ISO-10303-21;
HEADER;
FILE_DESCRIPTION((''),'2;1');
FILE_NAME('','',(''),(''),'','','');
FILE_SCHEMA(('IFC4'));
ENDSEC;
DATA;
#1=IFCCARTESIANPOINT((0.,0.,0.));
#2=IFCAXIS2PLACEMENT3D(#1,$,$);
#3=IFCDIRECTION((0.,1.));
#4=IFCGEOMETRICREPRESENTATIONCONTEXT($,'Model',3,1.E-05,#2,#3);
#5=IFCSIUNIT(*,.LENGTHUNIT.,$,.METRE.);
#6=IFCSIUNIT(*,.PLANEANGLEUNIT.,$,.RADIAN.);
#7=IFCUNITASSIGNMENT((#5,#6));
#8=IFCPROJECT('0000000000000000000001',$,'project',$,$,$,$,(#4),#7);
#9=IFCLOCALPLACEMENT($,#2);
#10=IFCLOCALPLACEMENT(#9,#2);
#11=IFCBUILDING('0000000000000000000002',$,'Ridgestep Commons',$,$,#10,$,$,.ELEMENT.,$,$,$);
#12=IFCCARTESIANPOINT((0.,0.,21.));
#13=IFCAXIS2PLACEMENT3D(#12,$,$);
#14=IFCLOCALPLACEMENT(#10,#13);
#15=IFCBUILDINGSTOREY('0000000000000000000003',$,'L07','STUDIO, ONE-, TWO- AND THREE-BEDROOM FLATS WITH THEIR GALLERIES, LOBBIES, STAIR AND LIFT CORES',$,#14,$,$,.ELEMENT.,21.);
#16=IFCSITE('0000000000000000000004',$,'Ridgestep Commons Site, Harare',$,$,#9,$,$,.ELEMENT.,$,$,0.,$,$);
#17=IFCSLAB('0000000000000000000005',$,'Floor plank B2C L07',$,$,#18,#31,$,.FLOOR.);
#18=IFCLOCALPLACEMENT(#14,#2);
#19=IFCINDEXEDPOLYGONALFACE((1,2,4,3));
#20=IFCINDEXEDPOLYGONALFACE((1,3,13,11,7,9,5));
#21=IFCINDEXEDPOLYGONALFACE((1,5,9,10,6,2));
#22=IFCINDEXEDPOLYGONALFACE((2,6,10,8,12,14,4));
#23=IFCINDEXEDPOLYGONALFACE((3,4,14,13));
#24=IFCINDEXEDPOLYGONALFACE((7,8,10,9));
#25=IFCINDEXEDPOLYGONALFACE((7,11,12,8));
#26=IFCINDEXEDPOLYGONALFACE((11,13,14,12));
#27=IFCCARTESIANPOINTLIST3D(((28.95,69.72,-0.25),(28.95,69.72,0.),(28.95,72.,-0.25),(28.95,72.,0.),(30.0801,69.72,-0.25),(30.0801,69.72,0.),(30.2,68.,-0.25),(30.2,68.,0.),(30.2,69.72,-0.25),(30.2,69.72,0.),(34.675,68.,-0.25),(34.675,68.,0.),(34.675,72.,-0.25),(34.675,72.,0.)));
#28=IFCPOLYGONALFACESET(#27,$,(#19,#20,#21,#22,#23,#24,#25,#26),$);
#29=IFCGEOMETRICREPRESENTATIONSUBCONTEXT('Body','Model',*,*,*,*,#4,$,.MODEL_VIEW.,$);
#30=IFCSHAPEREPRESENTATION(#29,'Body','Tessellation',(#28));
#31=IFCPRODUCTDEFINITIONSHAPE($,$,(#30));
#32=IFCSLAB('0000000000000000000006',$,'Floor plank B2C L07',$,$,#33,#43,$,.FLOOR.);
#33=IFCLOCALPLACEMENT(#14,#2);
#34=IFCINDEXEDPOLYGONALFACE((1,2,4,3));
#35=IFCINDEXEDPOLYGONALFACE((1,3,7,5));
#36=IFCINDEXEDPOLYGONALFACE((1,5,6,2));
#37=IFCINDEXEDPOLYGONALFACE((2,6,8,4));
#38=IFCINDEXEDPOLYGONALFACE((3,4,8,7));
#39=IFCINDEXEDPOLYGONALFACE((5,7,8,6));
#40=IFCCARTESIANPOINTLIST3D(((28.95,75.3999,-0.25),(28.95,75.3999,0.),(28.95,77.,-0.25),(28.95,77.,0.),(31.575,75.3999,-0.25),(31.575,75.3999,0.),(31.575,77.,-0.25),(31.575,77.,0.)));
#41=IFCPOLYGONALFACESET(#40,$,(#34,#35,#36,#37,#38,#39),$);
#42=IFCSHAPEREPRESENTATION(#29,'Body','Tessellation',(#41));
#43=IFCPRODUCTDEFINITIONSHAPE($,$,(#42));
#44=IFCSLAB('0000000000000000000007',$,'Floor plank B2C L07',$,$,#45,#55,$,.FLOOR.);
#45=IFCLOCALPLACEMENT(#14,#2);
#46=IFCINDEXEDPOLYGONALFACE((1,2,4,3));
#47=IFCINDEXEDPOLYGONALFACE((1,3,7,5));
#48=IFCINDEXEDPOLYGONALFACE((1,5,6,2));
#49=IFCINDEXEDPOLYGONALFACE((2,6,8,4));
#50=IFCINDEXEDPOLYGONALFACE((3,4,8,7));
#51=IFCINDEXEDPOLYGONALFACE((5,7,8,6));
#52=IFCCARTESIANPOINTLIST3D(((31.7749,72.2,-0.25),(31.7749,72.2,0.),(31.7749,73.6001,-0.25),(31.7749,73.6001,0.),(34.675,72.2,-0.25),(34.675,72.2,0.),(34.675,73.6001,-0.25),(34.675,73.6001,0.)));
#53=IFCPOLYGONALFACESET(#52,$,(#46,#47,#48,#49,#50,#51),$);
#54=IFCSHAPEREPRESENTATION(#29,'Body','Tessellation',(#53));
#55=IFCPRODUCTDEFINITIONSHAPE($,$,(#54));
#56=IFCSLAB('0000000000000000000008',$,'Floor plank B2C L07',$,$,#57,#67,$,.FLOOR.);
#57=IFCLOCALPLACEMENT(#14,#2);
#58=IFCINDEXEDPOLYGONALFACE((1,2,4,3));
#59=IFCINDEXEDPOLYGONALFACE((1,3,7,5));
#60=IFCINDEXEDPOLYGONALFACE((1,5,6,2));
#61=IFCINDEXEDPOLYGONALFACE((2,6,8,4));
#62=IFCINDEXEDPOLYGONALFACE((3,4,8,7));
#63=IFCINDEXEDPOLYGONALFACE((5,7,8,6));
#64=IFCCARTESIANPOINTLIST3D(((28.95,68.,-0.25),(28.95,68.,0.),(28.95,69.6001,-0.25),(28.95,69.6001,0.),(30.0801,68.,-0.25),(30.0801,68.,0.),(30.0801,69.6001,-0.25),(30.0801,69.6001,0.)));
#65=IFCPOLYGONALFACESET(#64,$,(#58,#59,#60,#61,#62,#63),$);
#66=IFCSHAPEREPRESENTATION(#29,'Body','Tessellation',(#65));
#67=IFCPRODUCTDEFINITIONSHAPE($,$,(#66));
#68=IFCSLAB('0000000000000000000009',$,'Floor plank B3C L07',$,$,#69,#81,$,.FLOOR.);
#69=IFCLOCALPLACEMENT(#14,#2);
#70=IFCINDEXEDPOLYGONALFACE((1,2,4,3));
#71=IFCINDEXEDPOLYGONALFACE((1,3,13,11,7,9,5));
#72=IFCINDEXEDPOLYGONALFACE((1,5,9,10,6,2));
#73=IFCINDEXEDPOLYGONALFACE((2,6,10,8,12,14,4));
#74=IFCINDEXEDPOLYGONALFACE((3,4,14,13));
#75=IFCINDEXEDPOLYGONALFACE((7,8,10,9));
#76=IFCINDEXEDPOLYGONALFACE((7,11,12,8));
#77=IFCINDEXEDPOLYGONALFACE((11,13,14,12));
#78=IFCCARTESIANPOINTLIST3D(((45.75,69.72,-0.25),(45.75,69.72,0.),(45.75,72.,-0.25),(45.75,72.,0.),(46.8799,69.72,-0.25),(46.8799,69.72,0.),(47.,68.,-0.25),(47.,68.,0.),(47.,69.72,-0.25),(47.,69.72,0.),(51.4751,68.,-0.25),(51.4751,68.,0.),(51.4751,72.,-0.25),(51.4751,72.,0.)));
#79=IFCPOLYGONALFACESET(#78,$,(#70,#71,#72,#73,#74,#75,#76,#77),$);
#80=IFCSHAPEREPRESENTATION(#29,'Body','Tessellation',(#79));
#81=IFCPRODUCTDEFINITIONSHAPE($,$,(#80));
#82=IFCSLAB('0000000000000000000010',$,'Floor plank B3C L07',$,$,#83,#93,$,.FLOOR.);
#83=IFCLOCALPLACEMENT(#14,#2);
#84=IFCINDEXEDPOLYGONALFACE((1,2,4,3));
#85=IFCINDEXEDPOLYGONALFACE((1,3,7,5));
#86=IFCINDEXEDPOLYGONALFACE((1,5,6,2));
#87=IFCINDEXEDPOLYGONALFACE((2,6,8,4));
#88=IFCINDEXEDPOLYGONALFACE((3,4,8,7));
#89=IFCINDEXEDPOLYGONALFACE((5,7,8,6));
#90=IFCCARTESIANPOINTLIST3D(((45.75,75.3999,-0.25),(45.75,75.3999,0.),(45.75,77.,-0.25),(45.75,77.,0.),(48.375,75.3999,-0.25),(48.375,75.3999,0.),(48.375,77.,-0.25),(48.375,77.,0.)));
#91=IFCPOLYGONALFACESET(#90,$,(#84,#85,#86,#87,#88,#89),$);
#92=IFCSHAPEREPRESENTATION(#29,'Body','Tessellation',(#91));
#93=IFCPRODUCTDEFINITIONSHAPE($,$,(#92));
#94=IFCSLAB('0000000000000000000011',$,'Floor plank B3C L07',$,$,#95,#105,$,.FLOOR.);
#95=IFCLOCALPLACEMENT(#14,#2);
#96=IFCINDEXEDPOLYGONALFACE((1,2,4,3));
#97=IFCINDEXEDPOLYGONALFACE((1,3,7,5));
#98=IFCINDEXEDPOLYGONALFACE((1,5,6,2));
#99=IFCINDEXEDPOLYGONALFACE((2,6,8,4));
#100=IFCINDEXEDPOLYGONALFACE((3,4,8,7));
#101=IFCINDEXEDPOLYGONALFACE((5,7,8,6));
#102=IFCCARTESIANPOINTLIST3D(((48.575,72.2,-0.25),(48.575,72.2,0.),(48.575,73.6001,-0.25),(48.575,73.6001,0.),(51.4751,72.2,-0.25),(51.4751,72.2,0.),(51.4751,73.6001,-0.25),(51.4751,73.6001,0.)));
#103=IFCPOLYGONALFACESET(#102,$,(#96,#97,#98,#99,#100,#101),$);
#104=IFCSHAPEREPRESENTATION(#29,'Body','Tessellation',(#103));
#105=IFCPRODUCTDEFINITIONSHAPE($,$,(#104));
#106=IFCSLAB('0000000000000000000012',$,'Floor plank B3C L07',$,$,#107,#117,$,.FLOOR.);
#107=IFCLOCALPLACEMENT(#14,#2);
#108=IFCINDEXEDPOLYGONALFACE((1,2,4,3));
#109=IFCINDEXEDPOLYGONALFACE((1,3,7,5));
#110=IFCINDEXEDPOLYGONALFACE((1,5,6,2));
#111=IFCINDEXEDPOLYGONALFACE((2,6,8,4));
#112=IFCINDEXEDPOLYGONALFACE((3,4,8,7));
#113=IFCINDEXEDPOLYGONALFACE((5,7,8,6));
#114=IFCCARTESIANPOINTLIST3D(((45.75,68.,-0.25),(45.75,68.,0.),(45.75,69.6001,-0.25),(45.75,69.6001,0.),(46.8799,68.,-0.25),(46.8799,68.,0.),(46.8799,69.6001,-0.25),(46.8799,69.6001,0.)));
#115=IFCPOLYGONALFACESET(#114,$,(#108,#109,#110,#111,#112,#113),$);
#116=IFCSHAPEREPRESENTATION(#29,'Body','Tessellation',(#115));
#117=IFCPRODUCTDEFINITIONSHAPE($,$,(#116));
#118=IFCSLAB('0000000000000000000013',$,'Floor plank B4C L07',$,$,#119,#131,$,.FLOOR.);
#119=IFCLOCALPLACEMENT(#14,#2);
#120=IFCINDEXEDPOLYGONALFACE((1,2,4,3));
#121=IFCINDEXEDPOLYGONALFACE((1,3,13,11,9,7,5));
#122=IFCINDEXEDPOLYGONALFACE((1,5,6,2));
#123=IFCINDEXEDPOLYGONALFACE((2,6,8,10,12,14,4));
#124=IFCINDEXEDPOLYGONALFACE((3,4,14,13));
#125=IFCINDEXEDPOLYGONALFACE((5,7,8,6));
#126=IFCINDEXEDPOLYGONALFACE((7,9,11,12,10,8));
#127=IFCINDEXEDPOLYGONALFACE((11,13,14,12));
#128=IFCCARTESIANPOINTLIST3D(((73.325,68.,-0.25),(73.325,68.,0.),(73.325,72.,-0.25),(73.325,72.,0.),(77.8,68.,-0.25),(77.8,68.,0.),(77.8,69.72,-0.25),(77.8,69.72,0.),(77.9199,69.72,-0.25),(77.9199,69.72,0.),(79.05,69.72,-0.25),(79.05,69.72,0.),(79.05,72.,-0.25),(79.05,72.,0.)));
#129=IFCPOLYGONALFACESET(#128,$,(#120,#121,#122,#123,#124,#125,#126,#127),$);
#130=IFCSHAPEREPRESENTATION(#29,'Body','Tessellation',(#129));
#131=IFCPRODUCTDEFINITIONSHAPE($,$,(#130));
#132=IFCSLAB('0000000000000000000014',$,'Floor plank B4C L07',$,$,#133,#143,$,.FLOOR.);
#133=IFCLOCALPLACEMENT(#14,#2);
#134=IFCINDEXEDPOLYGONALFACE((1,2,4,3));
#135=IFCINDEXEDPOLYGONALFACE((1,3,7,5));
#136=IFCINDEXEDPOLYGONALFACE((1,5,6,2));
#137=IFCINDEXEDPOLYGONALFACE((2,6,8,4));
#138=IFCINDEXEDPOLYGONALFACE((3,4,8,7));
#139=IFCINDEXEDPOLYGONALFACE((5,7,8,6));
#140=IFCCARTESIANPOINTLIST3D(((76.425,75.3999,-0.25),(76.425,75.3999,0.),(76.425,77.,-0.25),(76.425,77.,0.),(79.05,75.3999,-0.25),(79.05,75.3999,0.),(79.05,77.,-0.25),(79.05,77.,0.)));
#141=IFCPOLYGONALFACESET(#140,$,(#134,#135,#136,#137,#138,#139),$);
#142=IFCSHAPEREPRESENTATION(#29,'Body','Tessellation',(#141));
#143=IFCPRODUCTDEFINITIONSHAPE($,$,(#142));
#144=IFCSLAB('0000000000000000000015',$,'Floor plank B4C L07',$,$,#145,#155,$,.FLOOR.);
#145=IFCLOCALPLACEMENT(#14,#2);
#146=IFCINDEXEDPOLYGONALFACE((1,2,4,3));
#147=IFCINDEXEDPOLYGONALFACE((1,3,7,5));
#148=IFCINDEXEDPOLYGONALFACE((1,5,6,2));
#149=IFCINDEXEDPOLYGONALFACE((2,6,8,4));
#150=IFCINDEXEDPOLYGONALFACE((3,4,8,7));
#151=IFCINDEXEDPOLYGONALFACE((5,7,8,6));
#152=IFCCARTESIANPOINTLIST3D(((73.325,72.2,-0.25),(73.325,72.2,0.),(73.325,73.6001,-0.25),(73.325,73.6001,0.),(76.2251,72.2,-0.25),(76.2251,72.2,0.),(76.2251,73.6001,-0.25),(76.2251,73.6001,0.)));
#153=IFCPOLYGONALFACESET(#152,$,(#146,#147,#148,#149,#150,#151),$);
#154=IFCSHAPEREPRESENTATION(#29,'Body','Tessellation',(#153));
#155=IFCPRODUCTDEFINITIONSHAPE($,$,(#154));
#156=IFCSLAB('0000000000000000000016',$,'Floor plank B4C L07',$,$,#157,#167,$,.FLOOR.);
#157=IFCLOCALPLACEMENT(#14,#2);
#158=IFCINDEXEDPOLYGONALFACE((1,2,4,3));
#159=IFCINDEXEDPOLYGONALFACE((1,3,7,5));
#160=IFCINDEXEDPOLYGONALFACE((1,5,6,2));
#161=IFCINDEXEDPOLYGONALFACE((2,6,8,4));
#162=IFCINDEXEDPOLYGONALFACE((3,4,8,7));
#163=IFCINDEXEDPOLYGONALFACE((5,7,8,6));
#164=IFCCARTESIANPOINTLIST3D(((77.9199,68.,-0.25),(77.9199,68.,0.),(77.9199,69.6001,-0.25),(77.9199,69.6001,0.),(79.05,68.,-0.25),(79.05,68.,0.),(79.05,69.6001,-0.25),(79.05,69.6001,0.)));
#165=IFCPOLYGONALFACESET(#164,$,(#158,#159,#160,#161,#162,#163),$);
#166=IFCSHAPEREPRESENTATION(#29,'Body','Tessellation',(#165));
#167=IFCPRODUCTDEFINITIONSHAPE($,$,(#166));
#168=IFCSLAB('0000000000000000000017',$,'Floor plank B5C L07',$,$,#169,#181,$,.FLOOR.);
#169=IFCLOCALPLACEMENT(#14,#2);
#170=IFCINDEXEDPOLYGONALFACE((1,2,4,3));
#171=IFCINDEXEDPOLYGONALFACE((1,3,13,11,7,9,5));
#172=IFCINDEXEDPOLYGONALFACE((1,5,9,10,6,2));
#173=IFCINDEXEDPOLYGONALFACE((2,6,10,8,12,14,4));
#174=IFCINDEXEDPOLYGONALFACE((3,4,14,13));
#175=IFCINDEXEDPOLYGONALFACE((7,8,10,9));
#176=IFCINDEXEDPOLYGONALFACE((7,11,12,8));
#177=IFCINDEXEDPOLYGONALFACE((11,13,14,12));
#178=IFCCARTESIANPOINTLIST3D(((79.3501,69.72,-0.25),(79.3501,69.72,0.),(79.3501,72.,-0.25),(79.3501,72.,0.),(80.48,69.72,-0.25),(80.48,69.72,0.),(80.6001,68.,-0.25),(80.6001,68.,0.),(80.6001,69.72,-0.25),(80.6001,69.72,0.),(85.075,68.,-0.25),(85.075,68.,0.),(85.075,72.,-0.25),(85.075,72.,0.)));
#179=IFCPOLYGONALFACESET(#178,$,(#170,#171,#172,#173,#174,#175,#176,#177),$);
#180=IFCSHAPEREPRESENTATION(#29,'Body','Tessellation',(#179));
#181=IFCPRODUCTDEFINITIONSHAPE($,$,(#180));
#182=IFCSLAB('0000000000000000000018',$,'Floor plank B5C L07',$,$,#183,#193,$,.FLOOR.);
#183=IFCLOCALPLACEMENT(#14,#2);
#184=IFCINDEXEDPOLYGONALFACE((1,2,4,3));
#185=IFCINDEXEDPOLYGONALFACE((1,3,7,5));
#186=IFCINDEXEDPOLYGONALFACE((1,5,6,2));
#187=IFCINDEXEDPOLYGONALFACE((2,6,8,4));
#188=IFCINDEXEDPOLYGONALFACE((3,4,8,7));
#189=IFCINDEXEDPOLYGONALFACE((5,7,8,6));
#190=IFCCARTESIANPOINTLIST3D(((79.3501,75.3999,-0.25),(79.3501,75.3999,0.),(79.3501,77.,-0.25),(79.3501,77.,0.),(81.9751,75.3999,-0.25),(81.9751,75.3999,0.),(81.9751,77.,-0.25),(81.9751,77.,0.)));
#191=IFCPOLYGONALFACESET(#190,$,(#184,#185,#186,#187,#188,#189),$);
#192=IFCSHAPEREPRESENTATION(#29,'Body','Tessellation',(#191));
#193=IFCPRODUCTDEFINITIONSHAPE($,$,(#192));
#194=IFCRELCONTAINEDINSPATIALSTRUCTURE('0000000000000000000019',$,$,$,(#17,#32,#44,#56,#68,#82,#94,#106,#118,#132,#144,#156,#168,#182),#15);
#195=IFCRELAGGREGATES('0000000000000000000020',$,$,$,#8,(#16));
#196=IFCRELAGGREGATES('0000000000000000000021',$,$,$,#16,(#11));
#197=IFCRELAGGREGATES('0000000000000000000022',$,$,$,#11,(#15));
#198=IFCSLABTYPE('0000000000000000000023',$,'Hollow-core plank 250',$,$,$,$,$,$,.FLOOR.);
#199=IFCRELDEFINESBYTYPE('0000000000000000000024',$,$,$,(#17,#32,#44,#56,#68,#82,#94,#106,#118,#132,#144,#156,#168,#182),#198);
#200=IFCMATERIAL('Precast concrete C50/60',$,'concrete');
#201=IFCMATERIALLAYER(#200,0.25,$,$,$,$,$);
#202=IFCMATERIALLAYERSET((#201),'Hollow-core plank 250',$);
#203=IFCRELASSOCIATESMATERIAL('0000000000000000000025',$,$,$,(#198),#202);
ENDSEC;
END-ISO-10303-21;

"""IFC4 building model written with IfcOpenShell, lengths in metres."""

from ifc_helpers import new_model, si_unit, direction, frame, origin, place, context, subcontext, project, spatial, polyline, outline, extrude, material, layer, layer_set, type_object, element, save


model = new_model("IFC4")

# Units and contexts
model_context = context("Model", 3, precision=1e-05, world=origin(), true_north=direction((0.0, 1.0)))
body_context = subcontext(model_context, "Body", "Model", "MODEL_VIEW")
ifc_project = project(units=[si_unit("LENGTHUNIT", "METRE"), si_unit("PLANEANGLEUNIT", "RADIAN")], contexts=[model_context])

# Site, building, storey
site_placement = place(None, origin())
site = spatial("IfcSite", under=ifc_project, at=site_placement, Name="Ridgestep Commons Site, Harare", CompositionType="ELEMENT", RefElevation=0.0)
building_placement = place(site_placement, origin())
building = spatial("IfcBuilding", under=site, at=building_placement, Name="Ridgestep Commons", CompositionType="ELEMENT")
storey_placement = place(building_placement, frame((0.0, 0.0, 21.0)))
storey = spatial("IfcBuildingStorey", under=building, at=storey_placement, Name="L07", Description="STUDIO, ONE-, TWO- AND THREE-BEDROOM FLATS WITH THEIR GALLERIES, LOBBIES, STAIR AND LIFT CORES", CompositionType="ELEMENT", Elevation=21.0)

# Slabs
ifc_material_1 = material(Name="Precast concrete C50/60", Category="concrete")
ifc_layer_1 = layer(ifc_material_1, 0.25)
ifc_layer_set_1 = layer_set([ifc_layer_1], Name="Hollow-core plank 250")
slab_type_1 = type_object("IfcSlabType", Name="Hollow-core plank 250", PredefinedType="FLOOR", material=ifc_layer_set_1)
slab_1_placement = place(storey_placement, frame((0.0, 0.0, -0.25)))
element("IfcSlab", 1, at=slab_1_placement, inside=storey, type_object=slab_type_1, Name="Floor plank B2C L07", PredefinedType="FLOOR", context=body_context, shape_type="SweptSolid", body=[
    extrude(outline(polyline([(30.2, 68.0), (34.675, 68.0), (34.675, 72.0), (28.95, 72.0), (28.95, 69.72), (30.0801, 69.72), (30.2, 69.72), (30.2, 68.0)])), origin(), (0.0, 0.0, 1.0), 0.25),
])
slab_2_placement = place(storey_placement, frame((0.0, 0.0, -0.25)))
element("IfcSlab", 2, at=slab_2_placement, inside=storey, type_object=slab_type_1, Name="Floor plank B2C L07", PredefinedType="FLOOR", context=body_context, shape_type="SweptSolid", body=[
    extrude(outline(polyline([(31.575, 77.0), (28.95, 77.0), (28.95, 75.3999), (31.575, 75.3999), (31.575, 77.0)])), origin(), (0.0, 0.0, 1.0), 0.25),
])
slab_3_placement = place(storey_placement, frame((0.0, 0.0, -0.25)))
element("IfcSlab", 3, at=slab_3_placement, inside=storey, type_object=slab_type_1, Name="Floor plank B2C L07", PredefinedType="FLOOR", context=body_context, shape_type="SweptSolid", body=[
    extrude(outline(polyline([(34.675, 72.2), (34.675, 73.6001), (31.7749, 73.6001), (31.7749, 72.2), (34.675, 72.2)])), origin(), (0.0, 0.0, 1.0), 0.25),
])
slab_4_placement = place(storey_placement, frame((0.0, 0.0, -0.25)))
element("IfcSlab", 4, at=slab_4_placement, inside=storey, type_object=slab_type_1, Name="Floor plank B2C L07", PredefinedType="FLOOR", context=body_context, shape_type="SweptSolid", body=[
    extrude(outline(polyline([(30.0801, 69.6001), (28.95, 69.6001), (28.95, 68.0), (30.0801, 68.0), (30.0801, 69.6001)])), origin(), (0.0, 0.0, 1.0), 0.25),
])
slab_5_placement = place(storey_placement, frame((0.0, 0.0, -0.25)))
element("IfcSlab", 5, at=slab_5_placement, inside=storey, type_object=slab_type_1, Name="Floor plank B3C L07", PredefinedType="FLOOR", context=body_context, shape_type="SweptSolid", body=[
    extrude(outline(polyline([(47.0, 68.0), (51.4751, 68.0), (51.4751, 72.0), (45.75, 72.0), (45.75, 69.72), (46.8799, 69.72), (47.0, 69.72), (47.0, 68.0)])), origin(), (0.0, 0.0, 1.0), 0.25),
])
slab_6_placement = place(storey_placement, frame((0.0, 0.0, -0.25)))
element("IfcSlab", 6, at=slab_6_placement, inside=storey, type_object=slab_type_1, Name="Floor plank B3C L07", PredefinedType="FLOOR", context=body_context, shape_type="SweptSolid", body=[
    extrude(outline(polyline([(48.375, 77.0), (45.75, 77.0), (45.75, 75.3999), (48.375, 75.3999), (48.375, 77.0)])), origin(), (0.0, 0.0, 1.0), 0.25),
])
slab_7_placement = place(storey_placement, frame((0.0, 0.0, -0.25)))
element("IfcSlab", 7, at=slab_7_placement, inside=storey, type_object=slab_type_1, Name="Floor plank B3C L07", PredefinedType="FLOOR", context=body_context, shape_type="SweptSolid", body=[
    extrude(outline(polyline([(51.4751, 72.2), (51.4751, 73.6001), (48.575, 73.6001), (48.575, 72.2), (51.4751, 72.2)])), origin(), (0.0, 0.0, 1.0), 0.25),
])
slab_8_placement = place(storey_placement, frame((0.0, 0.0, -0.25)))
element("IfcSlab", 8, at=slab_8_placement, inside=storey, type_object=slab_type_1, Name="Floor plank B3C L07", PredefinedType="FLOOR", context=body_context, shape_type="SweptSolid", body=[
    extrude(outline(polyline([(46.8799, 69.6001), (45.75, 69.6001), (45.75, 68.0), (46.8799, 68.0), (46.8799, 69.6001)])), origin(), (0.0, 0.0, 1.0), 0.25),
])
slab_9_placement = place(storey_placement, frame((0.0, 0.0, -0.25)))
element("IfcSlab", 9, at=slab_9_placement, inside=storey, type_object=slab_type_1, Name="Floor plank B4C L07", PredefinedType="FLOOR", context=body_context, shape_type="SweptSolid", body=[
    extrude(outline(polyline([(77.9199, 69.72), (79.05, 69.72), (79.05, 72.0), (73.325, 72.0), (73.325, 68.0), (77.8, 68.0), (77.8, 69.72), (77.9199, 69.72)])), origin(), (0.0, 0.0, 1.0), 0.25),
])
slab_10_placement = place(storey_placement, frame((0.0, 0.0, -0.25)))
element("IfcSlab", 10, at=slab_10_placement, inside=storey, type_object=slab_type_1, Name="Floor plank B4C L07", PredefinedType="FLOOR", context=body_context, shape_type="SweptSolid", body=[
    extrude(outline(polyline([(79.05, 75.3999), (79.05, 77.0), (76.425, 77.0), (76.425, 75.3999), (79.05, 75.3999)])), origin(), (0.0, 0.0, 1.0), 0.25),
])
slab_11_placement = place(storey_placement, frame((0.0, 0.0, -0.25)))
element("IfcSlab", 11, at=slab_11_placement, inside=storey, type_object=slab_type_1, Name="Floor plank B4C L07", PredefinedType="FLOOR", context=body_context, shape_type="SweptSolid", body=[
    extrude(outline(polyline([(76.2251, 72.2), (76.2251, 73.6001), (73.325, 73.6001), (73.325, 72.2), (76.2251, 72.2)])), origin(), (0.0, 0.0, 1.0), 0.25),
])
slab_12_placement = place(storey_placement, frame((0.0, 0.0, -0.25)))
element("IfcSlab", 12, at=slab_12_placement, inside=storey, type_object=slab_type_1, Name="Floor plank B4C L07", PredefinedType="FLOOR", context=body_context, shape_type="SweptSolid", body=[
    extrude(outline(polyline([(77.9199, 68.0), (79.05, 68.0), (79.05, 69.6001), (77.9199, 69.6001), (77.9199, 68.0)])), origin(), (0.0, 0.0, 1.0), 0.25),
])
slab_13_placement = place(storey_placement, frame((0.0, 0.0, -0.25)))
element("IfcSlab", 13, at=slab_13_placement, inside=storey, type_object=slab_type_1, Name="Floor plank B5C L07", PredefinedType="FLOOR", context=body_context, shape_type="SweptSolid", body=[
    extrude(outline(polyline([(80.6001, 68.0), (85.075, 68.0), (85.075, 72.0), (79.3501, 72.0), (79.3501, 69.72), (80.48, 69.72), (80.6001, 69.72), (80.6001, 68.0)])), origin(), (0.0, 0.0, 1.0), 0.25),
])
slab_14_placement = place(storey_placement, frame((0.0, 0.0, -0.25)))
element("IfcSlab", 14, at=slab_14_placement, inside=storey, type_object=slab_type_1, Name="Floor plank B5C L07", PredefinedType="FLOOR", context=body_context, shape_type="SweptSolid", body=[
    extrude(outline(polyline([(81.9751, 77.0), (79.3501, 77.0), (79.3501, 75.3999), (81.9751, 75.3999), (81.9751, 77.0)])), origin(), (0.0, 0.0, 1.0), 0.25),
])

save(model, "model.ifc")
